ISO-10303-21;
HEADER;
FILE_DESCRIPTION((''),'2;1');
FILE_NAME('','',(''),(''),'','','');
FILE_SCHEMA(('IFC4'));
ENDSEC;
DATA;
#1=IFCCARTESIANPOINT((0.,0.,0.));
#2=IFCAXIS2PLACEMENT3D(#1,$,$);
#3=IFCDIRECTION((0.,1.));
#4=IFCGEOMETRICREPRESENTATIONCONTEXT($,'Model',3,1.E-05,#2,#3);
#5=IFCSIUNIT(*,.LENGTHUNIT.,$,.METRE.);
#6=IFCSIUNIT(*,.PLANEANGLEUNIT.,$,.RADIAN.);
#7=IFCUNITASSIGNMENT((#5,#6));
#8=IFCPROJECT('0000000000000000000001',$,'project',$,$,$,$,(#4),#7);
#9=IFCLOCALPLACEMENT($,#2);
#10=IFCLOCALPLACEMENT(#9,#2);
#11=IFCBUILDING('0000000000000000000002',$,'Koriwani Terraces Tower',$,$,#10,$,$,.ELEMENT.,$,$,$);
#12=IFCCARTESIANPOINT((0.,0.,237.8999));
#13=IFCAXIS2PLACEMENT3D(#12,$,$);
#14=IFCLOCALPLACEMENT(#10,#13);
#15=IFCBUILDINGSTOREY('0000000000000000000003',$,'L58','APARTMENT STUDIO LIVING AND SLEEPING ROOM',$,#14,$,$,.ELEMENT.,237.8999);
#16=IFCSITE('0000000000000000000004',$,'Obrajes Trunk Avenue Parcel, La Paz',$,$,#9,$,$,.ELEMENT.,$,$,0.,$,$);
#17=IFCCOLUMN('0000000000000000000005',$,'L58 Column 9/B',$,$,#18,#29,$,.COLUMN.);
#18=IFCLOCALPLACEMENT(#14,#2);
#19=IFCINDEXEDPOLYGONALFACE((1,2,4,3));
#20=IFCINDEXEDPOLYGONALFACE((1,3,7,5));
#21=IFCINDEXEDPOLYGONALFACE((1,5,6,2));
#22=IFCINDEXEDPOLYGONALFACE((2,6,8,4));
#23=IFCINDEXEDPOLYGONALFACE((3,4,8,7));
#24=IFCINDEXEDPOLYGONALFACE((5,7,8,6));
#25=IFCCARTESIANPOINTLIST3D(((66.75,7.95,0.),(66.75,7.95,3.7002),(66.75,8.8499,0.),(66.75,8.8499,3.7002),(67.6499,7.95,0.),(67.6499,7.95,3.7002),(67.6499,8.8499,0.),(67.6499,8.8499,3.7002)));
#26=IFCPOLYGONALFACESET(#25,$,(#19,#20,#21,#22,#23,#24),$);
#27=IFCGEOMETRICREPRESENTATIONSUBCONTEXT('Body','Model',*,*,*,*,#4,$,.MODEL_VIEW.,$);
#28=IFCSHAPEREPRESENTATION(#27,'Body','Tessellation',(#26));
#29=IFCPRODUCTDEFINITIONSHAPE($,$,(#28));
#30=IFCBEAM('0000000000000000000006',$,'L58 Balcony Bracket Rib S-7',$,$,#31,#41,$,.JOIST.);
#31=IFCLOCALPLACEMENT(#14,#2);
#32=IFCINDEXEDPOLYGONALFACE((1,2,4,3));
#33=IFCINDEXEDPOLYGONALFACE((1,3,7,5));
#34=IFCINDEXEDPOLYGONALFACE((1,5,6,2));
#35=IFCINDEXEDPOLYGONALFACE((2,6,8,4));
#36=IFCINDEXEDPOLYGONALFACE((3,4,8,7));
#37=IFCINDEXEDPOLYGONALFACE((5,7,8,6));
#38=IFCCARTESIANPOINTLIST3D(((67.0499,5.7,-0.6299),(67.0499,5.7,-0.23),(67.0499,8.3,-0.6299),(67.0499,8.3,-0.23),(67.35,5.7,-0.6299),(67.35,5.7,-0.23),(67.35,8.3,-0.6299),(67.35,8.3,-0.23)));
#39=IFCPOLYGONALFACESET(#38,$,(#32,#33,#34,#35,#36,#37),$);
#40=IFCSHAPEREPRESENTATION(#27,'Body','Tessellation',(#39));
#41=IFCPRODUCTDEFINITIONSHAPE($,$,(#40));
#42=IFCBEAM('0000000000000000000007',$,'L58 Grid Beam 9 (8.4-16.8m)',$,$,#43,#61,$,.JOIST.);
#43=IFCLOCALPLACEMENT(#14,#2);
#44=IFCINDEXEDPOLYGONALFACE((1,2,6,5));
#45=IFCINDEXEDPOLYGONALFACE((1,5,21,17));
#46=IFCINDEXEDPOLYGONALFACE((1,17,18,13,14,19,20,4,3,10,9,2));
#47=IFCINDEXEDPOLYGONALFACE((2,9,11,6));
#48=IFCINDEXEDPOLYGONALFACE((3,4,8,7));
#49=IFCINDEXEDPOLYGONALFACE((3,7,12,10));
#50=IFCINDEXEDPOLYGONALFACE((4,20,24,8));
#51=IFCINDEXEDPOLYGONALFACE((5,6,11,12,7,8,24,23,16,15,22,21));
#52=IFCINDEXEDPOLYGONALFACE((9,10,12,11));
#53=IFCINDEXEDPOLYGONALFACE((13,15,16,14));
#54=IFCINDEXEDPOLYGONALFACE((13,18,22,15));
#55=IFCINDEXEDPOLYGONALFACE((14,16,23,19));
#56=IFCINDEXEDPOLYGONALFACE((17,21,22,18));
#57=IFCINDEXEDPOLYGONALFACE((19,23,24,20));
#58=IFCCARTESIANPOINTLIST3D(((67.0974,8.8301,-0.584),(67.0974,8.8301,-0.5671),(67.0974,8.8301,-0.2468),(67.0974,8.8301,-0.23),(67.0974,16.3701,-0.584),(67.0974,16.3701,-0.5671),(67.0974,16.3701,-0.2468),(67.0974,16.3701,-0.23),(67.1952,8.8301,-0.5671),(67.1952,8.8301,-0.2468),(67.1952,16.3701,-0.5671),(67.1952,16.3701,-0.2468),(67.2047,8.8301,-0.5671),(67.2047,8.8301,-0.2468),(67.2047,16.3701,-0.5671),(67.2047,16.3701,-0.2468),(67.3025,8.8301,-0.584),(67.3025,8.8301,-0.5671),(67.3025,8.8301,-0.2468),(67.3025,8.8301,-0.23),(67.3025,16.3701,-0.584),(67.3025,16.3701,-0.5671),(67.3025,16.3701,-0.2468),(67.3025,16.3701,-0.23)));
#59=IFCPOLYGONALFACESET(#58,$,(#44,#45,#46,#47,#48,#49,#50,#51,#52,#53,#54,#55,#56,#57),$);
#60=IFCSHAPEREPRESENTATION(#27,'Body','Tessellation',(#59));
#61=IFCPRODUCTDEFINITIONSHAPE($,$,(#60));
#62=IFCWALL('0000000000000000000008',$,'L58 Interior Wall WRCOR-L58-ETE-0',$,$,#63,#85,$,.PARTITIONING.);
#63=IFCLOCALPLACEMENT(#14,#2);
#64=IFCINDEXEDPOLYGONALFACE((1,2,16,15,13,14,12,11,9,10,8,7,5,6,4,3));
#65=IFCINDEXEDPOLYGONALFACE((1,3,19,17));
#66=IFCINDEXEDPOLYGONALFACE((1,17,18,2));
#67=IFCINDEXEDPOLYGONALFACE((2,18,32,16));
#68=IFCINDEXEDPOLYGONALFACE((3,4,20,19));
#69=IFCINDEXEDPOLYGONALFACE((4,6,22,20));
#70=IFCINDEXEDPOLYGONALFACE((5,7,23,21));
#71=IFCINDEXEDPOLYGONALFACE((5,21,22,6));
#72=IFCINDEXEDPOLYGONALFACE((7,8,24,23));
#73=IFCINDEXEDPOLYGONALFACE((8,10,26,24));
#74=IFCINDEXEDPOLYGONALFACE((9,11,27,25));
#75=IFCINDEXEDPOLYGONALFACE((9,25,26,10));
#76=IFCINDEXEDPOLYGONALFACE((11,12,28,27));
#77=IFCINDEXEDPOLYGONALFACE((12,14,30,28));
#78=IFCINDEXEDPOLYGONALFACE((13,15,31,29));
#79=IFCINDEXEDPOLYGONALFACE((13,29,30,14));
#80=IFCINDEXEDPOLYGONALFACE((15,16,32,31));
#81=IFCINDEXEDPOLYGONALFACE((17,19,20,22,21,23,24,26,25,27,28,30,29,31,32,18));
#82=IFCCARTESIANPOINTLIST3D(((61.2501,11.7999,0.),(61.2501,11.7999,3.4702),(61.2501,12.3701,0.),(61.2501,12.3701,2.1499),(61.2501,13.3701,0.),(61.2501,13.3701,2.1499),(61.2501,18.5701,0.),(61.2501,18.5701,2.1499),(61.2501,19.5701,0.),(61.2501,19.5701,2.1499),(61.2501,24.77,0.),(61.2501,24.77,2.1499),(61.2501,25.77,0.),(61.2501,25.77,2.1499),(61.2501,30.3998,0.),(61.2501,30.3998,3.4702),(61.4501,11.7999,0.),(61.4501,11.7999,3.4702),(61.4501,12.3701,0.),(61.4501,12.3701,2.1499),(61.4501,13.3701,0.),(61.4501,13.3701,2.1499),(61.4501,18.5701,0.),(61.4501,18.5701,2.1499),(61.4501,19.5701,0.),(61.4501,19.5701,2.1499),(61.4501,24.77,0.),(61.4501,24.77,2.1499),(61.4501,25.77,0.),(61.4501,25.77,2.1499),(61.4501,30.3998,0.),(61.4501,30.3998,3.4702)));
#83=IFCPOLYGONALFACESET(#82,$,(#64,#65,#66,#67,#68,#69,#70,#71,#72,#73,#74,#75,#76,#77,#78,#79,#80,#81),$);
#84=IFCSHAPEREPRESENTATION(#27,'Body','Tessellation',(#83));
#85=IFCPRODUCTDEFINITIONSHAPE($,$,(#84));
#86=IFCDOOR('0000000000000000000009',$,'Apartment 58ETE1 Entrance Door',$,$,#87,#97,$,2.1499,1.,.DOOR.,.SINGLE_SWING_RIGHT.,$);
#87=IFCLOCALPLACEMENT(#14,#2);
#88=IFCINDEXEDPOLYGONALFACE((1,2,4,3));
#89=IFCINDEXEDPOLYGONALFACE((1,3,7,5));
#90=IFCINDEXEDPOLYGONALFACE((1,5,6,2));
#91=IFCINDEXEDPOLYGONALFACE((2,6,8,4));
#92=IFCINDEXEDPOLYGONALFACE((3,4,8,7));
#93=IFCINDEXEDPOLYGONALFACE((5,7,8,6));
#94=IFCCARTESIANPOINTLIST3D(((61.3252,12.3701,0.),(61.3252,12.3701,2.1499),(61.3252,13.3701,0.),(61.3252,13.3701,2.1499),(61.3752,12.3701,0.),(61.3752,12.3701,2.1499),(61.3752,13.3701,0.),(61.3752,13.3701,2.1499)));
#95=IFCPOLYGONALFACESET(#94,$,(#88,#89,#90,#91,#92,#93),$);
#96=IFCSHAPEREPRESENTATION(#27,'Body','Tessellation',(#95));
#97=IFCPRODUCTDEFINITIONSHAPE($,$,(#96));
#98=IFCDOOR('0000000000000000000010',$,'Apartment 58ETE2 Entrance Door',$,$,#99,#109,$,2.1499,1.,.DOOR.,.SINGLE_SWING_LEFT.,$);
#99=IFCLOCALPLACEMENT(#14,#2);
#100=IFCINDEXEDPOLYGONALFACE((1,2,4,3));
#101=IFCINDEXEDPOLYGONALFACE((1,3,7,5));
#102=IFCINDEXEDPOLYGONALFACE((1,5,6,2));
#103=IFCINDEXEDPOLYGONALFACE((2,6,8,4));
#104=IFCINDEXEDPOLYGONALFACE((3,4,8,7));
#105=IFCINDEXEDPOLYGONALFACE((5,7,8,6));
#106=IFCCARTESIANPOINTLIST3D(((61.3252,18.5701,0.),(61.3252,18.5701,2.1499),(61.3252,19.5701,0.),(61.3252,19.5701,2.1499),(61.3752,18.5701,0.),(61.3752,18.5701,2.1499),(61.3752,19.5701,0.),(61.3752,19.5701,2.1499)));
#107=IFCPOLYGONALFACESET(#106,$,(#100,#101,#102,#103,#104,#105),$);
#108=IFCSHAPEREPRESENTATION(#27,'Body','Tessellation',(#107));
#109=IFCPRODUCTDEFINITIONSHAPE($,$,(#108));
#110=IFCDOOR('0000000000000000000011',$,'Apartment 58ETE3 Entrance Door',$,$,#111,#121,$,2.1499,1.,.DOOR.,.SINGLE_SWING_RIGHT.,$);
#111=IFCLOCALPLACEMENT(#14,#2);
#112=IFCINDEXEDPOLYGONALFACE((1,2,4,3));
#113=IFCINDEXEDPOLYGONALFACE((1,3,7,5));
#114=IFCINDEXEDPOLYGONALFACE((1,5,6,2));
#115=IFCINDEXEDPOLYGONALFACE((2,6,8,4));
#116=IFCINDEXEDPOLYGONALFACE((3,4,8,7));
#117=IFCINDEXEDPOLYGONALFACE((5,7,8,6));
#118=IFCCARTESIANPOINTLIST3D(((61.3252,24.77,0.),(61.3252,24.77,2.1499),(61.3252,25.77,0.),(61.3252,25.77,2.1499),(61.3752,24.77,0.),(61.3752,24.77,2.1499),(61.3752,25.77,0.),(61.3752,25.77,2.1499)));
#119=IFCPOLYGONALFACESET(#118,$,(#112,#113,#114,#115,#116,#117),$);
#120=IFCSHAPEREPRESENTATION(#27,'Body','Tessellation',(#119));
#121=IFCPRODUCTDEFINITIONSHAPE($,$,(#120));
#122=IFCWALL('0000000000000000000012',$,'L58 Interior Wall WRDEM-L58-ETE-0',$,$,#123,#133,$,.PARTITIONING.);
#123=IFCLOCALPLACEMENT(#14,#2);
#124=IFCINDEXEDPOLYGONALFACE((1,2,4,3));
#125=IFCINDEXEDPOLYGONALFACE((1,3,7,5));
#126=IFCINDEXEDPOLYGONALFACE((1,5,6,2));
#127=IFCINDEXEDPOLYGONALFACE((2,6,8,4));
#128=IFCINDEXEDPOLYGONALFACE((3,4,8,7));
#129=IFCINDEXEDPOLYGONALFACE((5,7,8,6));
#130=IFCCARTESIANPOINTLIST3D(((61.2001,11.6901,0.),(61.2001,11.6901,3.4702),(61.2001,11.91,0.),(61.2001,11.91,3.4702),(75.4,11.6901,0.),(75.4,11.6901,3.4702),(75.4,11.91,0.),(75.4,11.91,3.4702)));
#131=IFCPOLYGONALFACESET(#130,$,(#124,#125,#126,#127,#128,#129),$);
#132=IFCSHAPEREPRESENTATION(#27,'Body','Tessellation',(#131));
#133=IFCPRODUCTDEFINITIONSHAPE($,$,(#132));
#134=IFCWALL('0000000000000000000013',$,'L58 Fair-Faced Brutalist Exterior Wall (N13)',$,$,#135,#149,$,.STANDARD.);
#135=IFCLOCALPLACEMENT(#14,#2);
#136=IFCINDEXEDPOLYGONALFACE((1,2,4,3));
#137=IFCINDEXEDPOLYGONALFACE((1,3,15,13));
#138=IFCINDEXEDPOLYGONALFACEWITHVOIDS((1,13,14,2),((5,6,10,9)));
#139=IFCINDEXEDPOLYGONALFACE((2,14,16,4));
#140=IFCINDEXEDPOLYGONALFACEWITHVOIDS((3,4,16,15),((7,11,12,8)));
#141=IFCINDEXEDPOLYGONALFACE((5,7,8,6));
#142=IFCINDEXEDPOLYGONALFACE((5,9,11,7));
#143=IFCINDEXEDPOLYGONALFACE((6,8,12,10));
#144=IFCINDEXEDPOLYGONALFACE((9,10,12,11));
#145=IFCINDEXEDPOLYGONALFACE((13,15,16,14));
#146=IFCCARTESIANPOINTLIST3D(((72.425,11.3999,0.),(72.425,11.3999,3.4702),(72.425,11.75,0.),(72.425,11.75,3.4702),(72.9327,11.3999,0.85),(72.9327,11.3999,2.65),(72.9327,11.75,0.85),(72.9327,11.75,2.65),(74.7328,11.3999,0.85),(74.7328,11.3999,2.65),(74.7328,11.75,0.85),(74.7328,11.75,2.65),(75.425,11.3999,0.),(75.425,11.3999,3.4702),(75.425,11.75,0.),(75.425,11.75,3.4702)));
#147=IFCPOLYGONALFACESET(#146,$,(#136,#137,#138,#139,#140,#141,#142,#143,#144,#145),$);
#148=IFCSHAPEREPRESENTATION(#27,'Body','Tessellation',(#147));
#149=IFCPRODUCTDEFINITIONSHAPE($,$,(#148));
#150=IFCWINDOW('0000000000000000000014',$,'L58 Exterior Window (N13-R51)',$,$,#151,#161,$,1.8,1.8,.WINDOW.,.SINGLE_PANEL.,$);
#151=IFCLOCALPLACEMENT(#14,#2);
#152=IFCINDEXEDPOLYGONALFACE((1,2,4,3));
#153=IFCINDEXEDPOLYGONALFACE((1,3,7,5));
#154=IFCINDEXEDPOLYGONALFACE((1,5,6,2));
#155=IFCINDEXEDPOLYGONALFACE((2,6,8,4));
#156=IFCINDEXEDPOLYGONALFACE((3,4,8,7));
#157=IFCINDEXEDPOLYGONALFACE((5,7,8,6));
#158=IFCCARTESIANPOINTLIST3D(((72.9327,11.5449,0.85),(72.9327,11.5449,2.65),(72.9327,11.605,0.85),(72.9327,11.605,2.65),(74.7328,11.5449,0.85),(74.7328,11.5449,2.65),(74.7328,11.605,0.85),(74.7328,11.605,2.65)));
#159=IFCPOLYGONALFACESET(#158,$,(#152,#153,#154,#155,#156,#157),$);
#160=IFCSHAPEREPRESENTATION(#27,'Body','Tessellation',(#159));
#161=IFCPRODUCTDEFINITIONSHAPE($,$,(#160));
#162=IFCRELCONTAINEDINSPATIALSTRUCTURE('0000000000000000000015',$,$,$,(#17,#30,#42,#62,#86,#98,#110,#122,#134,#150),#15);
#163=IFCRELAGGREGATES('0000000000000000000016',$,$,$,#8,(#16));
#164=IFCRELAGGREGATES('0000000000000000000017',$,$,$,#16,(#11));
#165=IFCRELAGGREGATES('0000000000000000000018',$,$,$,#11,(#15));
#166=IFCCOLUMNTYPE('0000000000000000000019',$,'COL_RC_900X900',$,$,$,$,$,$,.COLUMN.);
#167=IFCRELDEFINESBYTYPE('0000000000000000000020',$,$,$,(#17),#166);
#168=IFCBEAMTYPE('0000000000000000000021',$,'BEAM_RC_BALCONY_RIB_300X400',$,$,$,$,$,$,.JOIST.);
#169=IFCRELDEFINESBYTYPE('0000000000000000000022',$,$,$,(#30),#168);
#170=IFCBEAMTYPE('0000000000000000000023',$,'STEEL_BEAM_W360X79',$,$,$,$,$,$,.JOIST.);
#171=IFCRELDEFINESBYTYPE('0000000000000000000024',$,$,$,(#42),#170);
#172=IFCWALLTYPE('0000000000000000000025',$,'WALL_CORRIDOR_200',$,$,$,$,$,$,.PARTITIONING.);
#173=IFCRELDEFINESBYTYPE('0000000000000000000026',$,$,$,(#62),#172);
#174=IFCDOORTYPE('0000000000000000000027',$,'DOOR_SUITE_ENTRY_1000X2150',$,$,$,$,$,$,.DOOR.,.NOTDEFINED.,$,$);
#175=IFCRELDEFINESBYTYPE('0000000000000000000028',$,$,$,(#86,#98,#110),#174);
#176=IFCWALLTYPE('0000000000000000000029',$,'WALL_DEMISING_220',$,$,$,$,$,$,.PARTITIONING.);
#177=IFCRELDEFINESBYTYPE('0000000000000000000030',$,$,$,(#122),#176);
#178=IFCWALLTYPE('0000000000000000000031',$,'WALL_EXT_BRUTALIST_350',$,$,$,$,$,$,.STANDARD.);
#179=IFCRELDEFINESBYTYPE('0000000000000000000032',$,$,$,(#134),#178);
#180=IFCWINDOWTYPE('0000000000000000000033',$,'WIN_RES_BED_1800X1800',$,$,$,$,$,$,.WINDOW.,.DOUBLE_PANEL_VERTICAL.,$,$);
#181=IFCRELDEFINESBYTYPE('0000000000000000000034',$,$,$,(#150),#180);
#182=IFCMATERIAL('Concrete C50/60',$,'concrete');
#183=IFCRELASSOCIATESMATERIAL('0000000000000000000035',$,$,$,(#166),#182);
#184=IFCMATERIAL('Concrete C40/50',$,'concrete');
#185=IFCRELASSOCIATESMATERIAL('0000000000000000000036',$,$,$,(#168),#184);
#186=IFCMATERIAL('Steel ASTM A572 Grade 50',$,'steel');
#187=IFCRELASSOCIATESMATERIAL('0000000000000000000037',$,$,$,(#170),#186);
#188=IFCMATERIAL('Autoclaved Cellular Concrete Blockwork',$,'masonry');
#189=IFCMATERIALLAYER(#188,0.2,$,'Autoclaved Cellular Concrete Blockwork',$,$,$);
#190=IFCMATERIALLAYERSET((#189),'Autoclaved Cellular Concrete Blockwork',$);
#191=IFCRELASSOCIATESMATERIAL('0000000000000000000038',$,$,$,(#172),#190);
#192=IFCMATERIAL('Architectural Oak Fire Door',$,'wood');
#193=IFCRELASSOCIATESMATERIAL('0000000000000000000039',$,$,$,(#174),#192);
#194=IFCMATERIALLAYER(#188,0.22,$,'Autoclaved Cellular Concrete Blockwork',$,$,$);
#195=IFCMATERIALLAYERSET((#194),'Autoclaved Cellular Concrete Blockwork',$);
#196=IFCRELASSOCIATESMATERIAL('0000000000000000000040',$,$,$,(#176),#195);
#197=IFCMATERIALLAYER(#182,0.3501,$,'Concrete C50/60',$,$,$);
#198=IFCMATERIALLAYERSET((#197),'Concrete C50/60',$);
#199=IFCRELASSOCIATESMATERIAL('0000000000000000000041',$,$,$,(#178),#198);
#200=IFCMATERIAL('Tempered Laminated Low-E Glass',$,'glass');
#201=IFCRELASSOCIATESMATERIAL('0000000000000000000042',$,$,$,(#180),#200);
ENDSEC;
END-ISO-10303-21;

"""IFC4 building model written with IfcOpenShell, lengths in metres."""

from ifc_helpers import new_model, si_unit, direction, frame, frame_2d, origin, origin_2d, place, context, subcontext, project, spatial, rectangle, i_section, extrude, material, layer, layer_set, material_profile, profile_set, type_object, element, fill, save


model = new_model("IFC4")

# Units and contexts
model_context = context("Model", 3, precision=1e-05, world=origin(), true_north=direction((0.0, 1.0)))
body_context = subcontext(model_context, "Body", "Model", "MODEL_VIEW")
ifc_project = project(units=[si_unit("LENGTHUNIT", "METRE"), si_unit("PLANEANGLEUNIT", "RADIAN")], contexts=[model_context])

# Site, building, storey
site_placement = place(None, origin())
site = spatial("IfcSite", under=ifc_project, at=site_placement, Name="Obrajes Trunk Avenue Parcel, La Paz", CompositionType="ELEMENT", RefElevation=0.0)
building_placement = place(site_placement, origin())
building = spatial("IfcBuilding", under=site, at=building_placement, Name="Koriwani Terraces Tower", CompositionType="ELEMENT")
storey_placement = place(building_placement, frame((0.0, 0.0, 237.8999)))
storey = spatial("IfcBuildingStorey", under=building, at=storey_placement, Name="L58", Description="APARTMENT STUDIO LIVING AND SLEEPING ROOM", CompositionType="ELEMENT", Elevation=237.8999)

# Column
ifc_material_1 = material(Name="Concrete C50/60", Category="concrete")
ifc_material_profile_1 = material_profile(ifc_material_1, rectangle(XDim=0.8999, YDim=0.8999, at=origin_2d()), Name="Concrete C50/60", Category="LoadBearing")
ifc_profile_set_1 = profile_set([ifc_material_profile_1], Name="Concrete C50/60")
column_type = type_object("IfcColumnType", Name="COL_RC_900X900", PredefinedType="COLUMN", material=ifc_profile_set_1)
column_placement = place(storey_placement, frame((67.2, 8.3999, 0.0), z_axis=(0.0, 0.0, 1.0), x_axis=(1.0, 0.0, 0.0)))
element("IfcColumn", 1, at=column_placement, inside=storey, type_object=column_type, Name="L58 Column 9/B", PredefinedType="COLUMN", context=body_context, shape_type="SweptSolid", body=[
    extrude(rectangle(XDim=0.8999, YDim=0.8999, at=origin_2d()), origin(), (0.0, 0.0, 1.0), 3.7002),
])

# Beams
ifc_material_2 = material(Name="Concrete C40/50", Category="concrete")
ifc_material_profile_2 = material_profile(ifc_material_2, rectangle(XDim=0.3, YDim=0.3999, at=origin_2d()), Name="Concrete C40/50", Category="LoadBearing")
ifc_profile_set_2 = profile_set([ifc_material_profile_2], Name="Concrete C40/50")
beam_type_1 = type_object("IfcBeamType", Name="BEAM_RC_BALCONY_RIB_300X400", PredefinedType="JOIST", material=ifc_profile_set_2)
beam_1_placement = place(storey_placement, frame((67.2, 5.7, -0.4299), z_axis=(0.0, 1.0, 0.0), x_axis=(-1.0, 0.0, 0.0)))
element("IfcBeam", 2, at=beam_1_placement, inside=storey, type_object=beam_type_1, Name="L58 Balcony Bracket Rib S-7", PredefinedType="JOIST", context=body_context, shape_type="SweptSolid", body=[
    extrude(rectangle(XDim=0.3, YDim=0.3999, at=origin_2d()), origin(), (0.0, 0.0, 1.0), 2.6001),
])
ifc_material_3 = material(Name="Steel ASTM A572 Grade 50", Category="steel")
ifc_material_profile_3 = material_profile(ifc_material_3, i_section(OverallWidth=0.2051, OverallDepth=0.354, WebThickness=0.0095, FlangeThickness=0.0168, at=origin_2d()), Name="Steel ASTM A572 Grade 50", Category="LoadBearing")
ifc_profile_set_3 = profile_set([ifc_material_profile_3], Name="Steel ASTM A572 Grade 50")
beam_type_2 = type_object("IfcBeamType", Name="STEEL_BEAM_W360X79", PredefinedType="JOIST", material=ifc_profile_set_3)
beam_2_placement = place(storey_placement, frame((67.2, 8.8301, -0.407), z_axis=(0.0, 1.0, 0.0), x_axis=(-1.0, 0.0, 0.0)))
element("IfcBeam", 3, at=beam_2_placement, inside=storey, type_object=beam_type_2, Name="L58 Grid Beam 9 (8.4-16.8m)", PredefinedType="JOIST", context=body_context, shape_type="SweptSolid", body=[
    extrude(i_section(OverallWidth=0.2051, OverallDepth=0.354, WebThickness=0.0095, FlangeThickness=0.0168, at=origin_2d()), origin(), (0.0, 0.0, 1.0), 7.54),
])

# Wall, openings, doors
ifc_material_4 = material(Name="Autoclaved Cellular Concrete Blockwork", Category="masonry")
ifc_layer_1 = layer(ifc_material_4, 0.2, Name="Autoclaved Cellular Concrete Blockwork")
ifc_layer_set_1 = layer_set([ifc_layer_1], Name="Autoclaved Cellular Concrete Blockwork")
wall_type_1 = type_object("IfcWallType", Name="WALL_CORRIDOR_200", PredefinedType="PARTITIONING", material=ifc_layer_set_1)
wall_1_placement = place(storey_placement, frame((61.3501, 11.8, 0.0), z_axis=(0.0, 0.0, 1.0), x_axis=(0.0, 1.0, 0.0)))
wall_1 = element("IfcWall", 4, at=wall_1_placement, inside=storey, type_object=wall_type_1, Name="L58 Interior Wall WRCOR-L58-ETE-0", PredefinedType="PARTITIONING", context=body_context, shape_type="SweptSolid", body=[
    extrude(rectangle(XDim=18.5999, YDim=0.2, at=frame_2d((9.2998, 0.0))), origin(), (0.0, 0.0, 1.0), 3.4702),
])
opening_1_placement = place(wall_1_placement, frame((0.5701, 0.0, 0.0)))
opening_1 = element("IfcOpeningElement", 5, at=opening_1_placement, cuts=wall_1, PredefinedType="OPENING", context=body_context, shape_type="SweptSolid", body=[
    extrude(rectangle(XDim=1.0, YDim=2.1499, at=frame_2d((0.5, 1.075))), frame((0.0, 0.1099, 0.0), z_axis=(0.0, -1.0, 0.0), x_axis=(1.0, 0.0, 0.0)), (0.0, 0.0, 1.0), 0.22),
])
opening_2_placement = place(wall_1_placement, frame((6.77, 0.0, 0.0)))
opening_2 = element("IfcOpeningElement", 6, at=opening_2_placement, cuts=wall_1, PredefinedType="OPENING", context=body_context, shape_type="SweptSolid", body=[
    extrude(rectangle(XDim=1.0, YDim=2.1499, at=frame_2d((0.5, 1.075))), frame((0.0, 0.1099, 0.0), z_axis=(0.0, -1.0, 0.0), x_axis=(1.0, 0.0, 0.0)), (0.0, 0.0, 1.0), 0.22),
])
opening_3_placement = place(wall_1_placement, frame((12.97, 0.0, 0.0)))
opening_3 = element("IfcOpeningElement", 7, at=opening_3_placement, cuts=wall_1, PredefinedType="OPENING", context=body_context, shape_type="SweptSolid", body=[
    extrude(rectangle(XDim=1.0, YDim=2.1499, at=frame_2d((0.5, 1.075))), frame((0.0, 0.1099, 0.0), z_axis=(0.0, -1.0, 0.0), x_axis=(1.0, 0.0, 0.0)), (0.0, 0.0, 1.0), 0.22),
])
ifc_material_5 = material(Name="Architectural Oak Fire Door", Category="wood")
door_type_1 = type_object("IfcDoorType", Name="DOOR_SUITE_ENTRY_1000X2150", OperationType="NOTDEFINED", PredefinedType="DOOR", material=ifc_material_5)
door_1_placement = place(opening_1_placement, origin())
door_1 = element("IfcDoor", 8, at=door_1_placement, inside=storey, type_object=door_type_1, Name="Apartment 58ETE1 Entrance Door", OperationType="SINGLE_SWING_RIGHT", OverallHeight=2.1499, OverallWidth=1.0, PredefinedType="DOOR", context=body_context, shape_type="SweptSolid", body=[
    extrude(rectangle(XDim=1.0, YDim=2.1499, at=frame_2d((0.5, 1.075))), frame((0.0, 0.0249, 0.0), z_axis=(0.0, -1.0, 0.0), x_axis=(1.0, 0.0, 0.0)), (0.0, 0.0, 1.0), 0.05),
])
fill(opening_1, door_1)
door_2_placement = place(opening_2_placement, origin())
door_2 = element("IfcDoor", 9, at=door_2_placement, inside=storey, type_object=door_type_1, Name="Apartment 58ETE2 Entrance Door", OperationType="SINGLE_SWING_LEFT", OverallHeight=2.1499, OverallWidth=1.0, PredefinedType="DOOR", context=body_context, shape_type="SweptSolid", body=[
    extrude(rectangle(XDim=1.0, YDim=2.1499, at=frame_2d((0.5, 1.075))), frame((0.0, 0.0249, 0.0), z_axis=(0.0, -1.0, 0.0), x_axis=(1.0, 0.0, 0.0)), (0.0, 0.0, 1.0), 0.05),
])
fill(opening_2, door_2)
door_3_placement = place(opening_3_placement, origin())
door_3 = element("IfcDoor", 10, at=door_3_placement, inside=storey, type_object=door_type_1, Name="Apartment 58ETE3 Entrance Door", OperationType="SINGLE_SWING_RIGHT", OverallHeight=2.1499, OverallWidth=1.0, PredefinedType="DOOR", context=body_context, shape_type="SweptSolid", body=[
    extrude(rectangle(XDim=1.0, YDim=2.1499, at=frame_2d((0.5, 1.075))), frame((0.0, 0.0249, 0.0), z_axis=(0.0, -1.0, 0.0), x_axis=(1.0, 0.0, 0.0)), (0.0, 0.0, 1.0), 0.05),
])
fill(opening_3, door_3)

# Wall
ifc_layer_2 = layer(ifc_material_4, 0.22, Name="Autoclaved Cellular Concrete Blockwork")
ifc_layer_set_2 = layer_set([ifc_layer_2], Name="Autoclaved Cellular Concrete Blockwork")
wall_type_2 = type_object("IfcWallType", Name="WALL_DEMISING_220", PredefinedType="PARTITIONING", material=ifc_layer_set_2)
wall_2_placement = place(storey_placement, frame((61.2, 11.8, 0.0), z_axis=(0.0, 0.0, 1.0), x_axis=(1.0, 0.0, 0.0)))
element("IfcWall", 11, at=wall_2_placement, inside=storey, type_object=wall_type_2, Name="L58 Interior Wall WRDEM-L58-ETE-0", PredefinedType="PARTITIONING", context=body_context, shape_type="SweptSolid", body=[
    extrude(rectangle(XDim=14.2, YDim=0.22, at=frame_2d((7.1001, 0.0))), origin(), (0.0, 0.0, 1.0), 3.4702),
])

# Wall, opening, window
ifc_layer_3 = layer(ifc_material_1, 0.3501, Name="Concrete C50/60")
ifc_layer_set_3 = layer_set([ifc_layer_3], Name="Concrete C50/60")
wall_type_3 = type_object("IfcWallType", Name="WALL_EXT_BRUTALIST_350", PredefinedType="STANDARD", material=ifc_layer_set_3)
wall_3_placement = place(storey_placement, frame((75.425, 11.575, 0.0), z_axis=(0.0, 0.0, 1.0), x_axis=(-1.0, 0.0, 0.0)))
wall_3 = element("IfcWall", 12, at=wall_3_placement, inside=storey, type_object=wall_type_3, Name="L58 Fair-Faced Brutalist Exterior Wall (N13)", PredefinedType="STANDARD", context=body_context, shape_type="SweptSolid", body=[
    extrude(rectangle(XDim=3.0, YDim=0.3501, at=frame_2d((1.5, 0.0))), origin(), (0.0, 0.0, 1.0), 3.4702),
])
opening_4_placement = place(wall_3_placement, frame((0.6924, 0.0, 0.8501)))
opening_4 = element("IfcOpeningElement", 13, at=opening_4_placement, cuts=wall_3, PredefinedType="OPENING", context=body_context, shape_type="SweptSolid", body=[
    extrude(rectangle(XDim=1.8, YDim=1.8, at=frame_2d((0.8999, 0.8999))), frame((0.0, 0.1851, 0.0), z_axis=(0.0, -1.0, 0.0), x_axis=(1.0, 0.0, 0.0)), (0.0, 0.0, 1.0), 0.3701),
])
ifc_material_6 = material(Name="Tempered Laminated Low-E Glass", Category="glass")
window_type_1 = type_object("IfcWindowType", Name="WIN_RES_BED_1800X1800", PartitioningType="DOUBLE_PANEL_VERTICAL", PredefinedType="WINDOW", material=ifc_material_6)
window_1_placement = place(opening_4_placement, origin())
window_1 = element("IfcWindow", 14, at=window_1_placement, inside=storey, type_object=window_type_1, Name="L58 Exterior Window (N13-R51)", OverallHeight=1.8, OverallWidth=1.8, PartitioningType="SINGLE_PANEL", PredefinedType="WINDOW", context=body_context, shape_type="SweptSolid", body=[
    extrude(rectangle(XDim=1.8, YDim=1.8, at=frame_2d((0.8999, 0.8999))), frame((0.0, 0.03, 0.0), z_axis=(0.0, -1.0, 0.0), x_axis=(1.0, 0.0, 0.0)), (0.0, 0.0, 1.0), 0.0601),
])
fill(opening_4, window_1)

save(model, "model.ifc")
